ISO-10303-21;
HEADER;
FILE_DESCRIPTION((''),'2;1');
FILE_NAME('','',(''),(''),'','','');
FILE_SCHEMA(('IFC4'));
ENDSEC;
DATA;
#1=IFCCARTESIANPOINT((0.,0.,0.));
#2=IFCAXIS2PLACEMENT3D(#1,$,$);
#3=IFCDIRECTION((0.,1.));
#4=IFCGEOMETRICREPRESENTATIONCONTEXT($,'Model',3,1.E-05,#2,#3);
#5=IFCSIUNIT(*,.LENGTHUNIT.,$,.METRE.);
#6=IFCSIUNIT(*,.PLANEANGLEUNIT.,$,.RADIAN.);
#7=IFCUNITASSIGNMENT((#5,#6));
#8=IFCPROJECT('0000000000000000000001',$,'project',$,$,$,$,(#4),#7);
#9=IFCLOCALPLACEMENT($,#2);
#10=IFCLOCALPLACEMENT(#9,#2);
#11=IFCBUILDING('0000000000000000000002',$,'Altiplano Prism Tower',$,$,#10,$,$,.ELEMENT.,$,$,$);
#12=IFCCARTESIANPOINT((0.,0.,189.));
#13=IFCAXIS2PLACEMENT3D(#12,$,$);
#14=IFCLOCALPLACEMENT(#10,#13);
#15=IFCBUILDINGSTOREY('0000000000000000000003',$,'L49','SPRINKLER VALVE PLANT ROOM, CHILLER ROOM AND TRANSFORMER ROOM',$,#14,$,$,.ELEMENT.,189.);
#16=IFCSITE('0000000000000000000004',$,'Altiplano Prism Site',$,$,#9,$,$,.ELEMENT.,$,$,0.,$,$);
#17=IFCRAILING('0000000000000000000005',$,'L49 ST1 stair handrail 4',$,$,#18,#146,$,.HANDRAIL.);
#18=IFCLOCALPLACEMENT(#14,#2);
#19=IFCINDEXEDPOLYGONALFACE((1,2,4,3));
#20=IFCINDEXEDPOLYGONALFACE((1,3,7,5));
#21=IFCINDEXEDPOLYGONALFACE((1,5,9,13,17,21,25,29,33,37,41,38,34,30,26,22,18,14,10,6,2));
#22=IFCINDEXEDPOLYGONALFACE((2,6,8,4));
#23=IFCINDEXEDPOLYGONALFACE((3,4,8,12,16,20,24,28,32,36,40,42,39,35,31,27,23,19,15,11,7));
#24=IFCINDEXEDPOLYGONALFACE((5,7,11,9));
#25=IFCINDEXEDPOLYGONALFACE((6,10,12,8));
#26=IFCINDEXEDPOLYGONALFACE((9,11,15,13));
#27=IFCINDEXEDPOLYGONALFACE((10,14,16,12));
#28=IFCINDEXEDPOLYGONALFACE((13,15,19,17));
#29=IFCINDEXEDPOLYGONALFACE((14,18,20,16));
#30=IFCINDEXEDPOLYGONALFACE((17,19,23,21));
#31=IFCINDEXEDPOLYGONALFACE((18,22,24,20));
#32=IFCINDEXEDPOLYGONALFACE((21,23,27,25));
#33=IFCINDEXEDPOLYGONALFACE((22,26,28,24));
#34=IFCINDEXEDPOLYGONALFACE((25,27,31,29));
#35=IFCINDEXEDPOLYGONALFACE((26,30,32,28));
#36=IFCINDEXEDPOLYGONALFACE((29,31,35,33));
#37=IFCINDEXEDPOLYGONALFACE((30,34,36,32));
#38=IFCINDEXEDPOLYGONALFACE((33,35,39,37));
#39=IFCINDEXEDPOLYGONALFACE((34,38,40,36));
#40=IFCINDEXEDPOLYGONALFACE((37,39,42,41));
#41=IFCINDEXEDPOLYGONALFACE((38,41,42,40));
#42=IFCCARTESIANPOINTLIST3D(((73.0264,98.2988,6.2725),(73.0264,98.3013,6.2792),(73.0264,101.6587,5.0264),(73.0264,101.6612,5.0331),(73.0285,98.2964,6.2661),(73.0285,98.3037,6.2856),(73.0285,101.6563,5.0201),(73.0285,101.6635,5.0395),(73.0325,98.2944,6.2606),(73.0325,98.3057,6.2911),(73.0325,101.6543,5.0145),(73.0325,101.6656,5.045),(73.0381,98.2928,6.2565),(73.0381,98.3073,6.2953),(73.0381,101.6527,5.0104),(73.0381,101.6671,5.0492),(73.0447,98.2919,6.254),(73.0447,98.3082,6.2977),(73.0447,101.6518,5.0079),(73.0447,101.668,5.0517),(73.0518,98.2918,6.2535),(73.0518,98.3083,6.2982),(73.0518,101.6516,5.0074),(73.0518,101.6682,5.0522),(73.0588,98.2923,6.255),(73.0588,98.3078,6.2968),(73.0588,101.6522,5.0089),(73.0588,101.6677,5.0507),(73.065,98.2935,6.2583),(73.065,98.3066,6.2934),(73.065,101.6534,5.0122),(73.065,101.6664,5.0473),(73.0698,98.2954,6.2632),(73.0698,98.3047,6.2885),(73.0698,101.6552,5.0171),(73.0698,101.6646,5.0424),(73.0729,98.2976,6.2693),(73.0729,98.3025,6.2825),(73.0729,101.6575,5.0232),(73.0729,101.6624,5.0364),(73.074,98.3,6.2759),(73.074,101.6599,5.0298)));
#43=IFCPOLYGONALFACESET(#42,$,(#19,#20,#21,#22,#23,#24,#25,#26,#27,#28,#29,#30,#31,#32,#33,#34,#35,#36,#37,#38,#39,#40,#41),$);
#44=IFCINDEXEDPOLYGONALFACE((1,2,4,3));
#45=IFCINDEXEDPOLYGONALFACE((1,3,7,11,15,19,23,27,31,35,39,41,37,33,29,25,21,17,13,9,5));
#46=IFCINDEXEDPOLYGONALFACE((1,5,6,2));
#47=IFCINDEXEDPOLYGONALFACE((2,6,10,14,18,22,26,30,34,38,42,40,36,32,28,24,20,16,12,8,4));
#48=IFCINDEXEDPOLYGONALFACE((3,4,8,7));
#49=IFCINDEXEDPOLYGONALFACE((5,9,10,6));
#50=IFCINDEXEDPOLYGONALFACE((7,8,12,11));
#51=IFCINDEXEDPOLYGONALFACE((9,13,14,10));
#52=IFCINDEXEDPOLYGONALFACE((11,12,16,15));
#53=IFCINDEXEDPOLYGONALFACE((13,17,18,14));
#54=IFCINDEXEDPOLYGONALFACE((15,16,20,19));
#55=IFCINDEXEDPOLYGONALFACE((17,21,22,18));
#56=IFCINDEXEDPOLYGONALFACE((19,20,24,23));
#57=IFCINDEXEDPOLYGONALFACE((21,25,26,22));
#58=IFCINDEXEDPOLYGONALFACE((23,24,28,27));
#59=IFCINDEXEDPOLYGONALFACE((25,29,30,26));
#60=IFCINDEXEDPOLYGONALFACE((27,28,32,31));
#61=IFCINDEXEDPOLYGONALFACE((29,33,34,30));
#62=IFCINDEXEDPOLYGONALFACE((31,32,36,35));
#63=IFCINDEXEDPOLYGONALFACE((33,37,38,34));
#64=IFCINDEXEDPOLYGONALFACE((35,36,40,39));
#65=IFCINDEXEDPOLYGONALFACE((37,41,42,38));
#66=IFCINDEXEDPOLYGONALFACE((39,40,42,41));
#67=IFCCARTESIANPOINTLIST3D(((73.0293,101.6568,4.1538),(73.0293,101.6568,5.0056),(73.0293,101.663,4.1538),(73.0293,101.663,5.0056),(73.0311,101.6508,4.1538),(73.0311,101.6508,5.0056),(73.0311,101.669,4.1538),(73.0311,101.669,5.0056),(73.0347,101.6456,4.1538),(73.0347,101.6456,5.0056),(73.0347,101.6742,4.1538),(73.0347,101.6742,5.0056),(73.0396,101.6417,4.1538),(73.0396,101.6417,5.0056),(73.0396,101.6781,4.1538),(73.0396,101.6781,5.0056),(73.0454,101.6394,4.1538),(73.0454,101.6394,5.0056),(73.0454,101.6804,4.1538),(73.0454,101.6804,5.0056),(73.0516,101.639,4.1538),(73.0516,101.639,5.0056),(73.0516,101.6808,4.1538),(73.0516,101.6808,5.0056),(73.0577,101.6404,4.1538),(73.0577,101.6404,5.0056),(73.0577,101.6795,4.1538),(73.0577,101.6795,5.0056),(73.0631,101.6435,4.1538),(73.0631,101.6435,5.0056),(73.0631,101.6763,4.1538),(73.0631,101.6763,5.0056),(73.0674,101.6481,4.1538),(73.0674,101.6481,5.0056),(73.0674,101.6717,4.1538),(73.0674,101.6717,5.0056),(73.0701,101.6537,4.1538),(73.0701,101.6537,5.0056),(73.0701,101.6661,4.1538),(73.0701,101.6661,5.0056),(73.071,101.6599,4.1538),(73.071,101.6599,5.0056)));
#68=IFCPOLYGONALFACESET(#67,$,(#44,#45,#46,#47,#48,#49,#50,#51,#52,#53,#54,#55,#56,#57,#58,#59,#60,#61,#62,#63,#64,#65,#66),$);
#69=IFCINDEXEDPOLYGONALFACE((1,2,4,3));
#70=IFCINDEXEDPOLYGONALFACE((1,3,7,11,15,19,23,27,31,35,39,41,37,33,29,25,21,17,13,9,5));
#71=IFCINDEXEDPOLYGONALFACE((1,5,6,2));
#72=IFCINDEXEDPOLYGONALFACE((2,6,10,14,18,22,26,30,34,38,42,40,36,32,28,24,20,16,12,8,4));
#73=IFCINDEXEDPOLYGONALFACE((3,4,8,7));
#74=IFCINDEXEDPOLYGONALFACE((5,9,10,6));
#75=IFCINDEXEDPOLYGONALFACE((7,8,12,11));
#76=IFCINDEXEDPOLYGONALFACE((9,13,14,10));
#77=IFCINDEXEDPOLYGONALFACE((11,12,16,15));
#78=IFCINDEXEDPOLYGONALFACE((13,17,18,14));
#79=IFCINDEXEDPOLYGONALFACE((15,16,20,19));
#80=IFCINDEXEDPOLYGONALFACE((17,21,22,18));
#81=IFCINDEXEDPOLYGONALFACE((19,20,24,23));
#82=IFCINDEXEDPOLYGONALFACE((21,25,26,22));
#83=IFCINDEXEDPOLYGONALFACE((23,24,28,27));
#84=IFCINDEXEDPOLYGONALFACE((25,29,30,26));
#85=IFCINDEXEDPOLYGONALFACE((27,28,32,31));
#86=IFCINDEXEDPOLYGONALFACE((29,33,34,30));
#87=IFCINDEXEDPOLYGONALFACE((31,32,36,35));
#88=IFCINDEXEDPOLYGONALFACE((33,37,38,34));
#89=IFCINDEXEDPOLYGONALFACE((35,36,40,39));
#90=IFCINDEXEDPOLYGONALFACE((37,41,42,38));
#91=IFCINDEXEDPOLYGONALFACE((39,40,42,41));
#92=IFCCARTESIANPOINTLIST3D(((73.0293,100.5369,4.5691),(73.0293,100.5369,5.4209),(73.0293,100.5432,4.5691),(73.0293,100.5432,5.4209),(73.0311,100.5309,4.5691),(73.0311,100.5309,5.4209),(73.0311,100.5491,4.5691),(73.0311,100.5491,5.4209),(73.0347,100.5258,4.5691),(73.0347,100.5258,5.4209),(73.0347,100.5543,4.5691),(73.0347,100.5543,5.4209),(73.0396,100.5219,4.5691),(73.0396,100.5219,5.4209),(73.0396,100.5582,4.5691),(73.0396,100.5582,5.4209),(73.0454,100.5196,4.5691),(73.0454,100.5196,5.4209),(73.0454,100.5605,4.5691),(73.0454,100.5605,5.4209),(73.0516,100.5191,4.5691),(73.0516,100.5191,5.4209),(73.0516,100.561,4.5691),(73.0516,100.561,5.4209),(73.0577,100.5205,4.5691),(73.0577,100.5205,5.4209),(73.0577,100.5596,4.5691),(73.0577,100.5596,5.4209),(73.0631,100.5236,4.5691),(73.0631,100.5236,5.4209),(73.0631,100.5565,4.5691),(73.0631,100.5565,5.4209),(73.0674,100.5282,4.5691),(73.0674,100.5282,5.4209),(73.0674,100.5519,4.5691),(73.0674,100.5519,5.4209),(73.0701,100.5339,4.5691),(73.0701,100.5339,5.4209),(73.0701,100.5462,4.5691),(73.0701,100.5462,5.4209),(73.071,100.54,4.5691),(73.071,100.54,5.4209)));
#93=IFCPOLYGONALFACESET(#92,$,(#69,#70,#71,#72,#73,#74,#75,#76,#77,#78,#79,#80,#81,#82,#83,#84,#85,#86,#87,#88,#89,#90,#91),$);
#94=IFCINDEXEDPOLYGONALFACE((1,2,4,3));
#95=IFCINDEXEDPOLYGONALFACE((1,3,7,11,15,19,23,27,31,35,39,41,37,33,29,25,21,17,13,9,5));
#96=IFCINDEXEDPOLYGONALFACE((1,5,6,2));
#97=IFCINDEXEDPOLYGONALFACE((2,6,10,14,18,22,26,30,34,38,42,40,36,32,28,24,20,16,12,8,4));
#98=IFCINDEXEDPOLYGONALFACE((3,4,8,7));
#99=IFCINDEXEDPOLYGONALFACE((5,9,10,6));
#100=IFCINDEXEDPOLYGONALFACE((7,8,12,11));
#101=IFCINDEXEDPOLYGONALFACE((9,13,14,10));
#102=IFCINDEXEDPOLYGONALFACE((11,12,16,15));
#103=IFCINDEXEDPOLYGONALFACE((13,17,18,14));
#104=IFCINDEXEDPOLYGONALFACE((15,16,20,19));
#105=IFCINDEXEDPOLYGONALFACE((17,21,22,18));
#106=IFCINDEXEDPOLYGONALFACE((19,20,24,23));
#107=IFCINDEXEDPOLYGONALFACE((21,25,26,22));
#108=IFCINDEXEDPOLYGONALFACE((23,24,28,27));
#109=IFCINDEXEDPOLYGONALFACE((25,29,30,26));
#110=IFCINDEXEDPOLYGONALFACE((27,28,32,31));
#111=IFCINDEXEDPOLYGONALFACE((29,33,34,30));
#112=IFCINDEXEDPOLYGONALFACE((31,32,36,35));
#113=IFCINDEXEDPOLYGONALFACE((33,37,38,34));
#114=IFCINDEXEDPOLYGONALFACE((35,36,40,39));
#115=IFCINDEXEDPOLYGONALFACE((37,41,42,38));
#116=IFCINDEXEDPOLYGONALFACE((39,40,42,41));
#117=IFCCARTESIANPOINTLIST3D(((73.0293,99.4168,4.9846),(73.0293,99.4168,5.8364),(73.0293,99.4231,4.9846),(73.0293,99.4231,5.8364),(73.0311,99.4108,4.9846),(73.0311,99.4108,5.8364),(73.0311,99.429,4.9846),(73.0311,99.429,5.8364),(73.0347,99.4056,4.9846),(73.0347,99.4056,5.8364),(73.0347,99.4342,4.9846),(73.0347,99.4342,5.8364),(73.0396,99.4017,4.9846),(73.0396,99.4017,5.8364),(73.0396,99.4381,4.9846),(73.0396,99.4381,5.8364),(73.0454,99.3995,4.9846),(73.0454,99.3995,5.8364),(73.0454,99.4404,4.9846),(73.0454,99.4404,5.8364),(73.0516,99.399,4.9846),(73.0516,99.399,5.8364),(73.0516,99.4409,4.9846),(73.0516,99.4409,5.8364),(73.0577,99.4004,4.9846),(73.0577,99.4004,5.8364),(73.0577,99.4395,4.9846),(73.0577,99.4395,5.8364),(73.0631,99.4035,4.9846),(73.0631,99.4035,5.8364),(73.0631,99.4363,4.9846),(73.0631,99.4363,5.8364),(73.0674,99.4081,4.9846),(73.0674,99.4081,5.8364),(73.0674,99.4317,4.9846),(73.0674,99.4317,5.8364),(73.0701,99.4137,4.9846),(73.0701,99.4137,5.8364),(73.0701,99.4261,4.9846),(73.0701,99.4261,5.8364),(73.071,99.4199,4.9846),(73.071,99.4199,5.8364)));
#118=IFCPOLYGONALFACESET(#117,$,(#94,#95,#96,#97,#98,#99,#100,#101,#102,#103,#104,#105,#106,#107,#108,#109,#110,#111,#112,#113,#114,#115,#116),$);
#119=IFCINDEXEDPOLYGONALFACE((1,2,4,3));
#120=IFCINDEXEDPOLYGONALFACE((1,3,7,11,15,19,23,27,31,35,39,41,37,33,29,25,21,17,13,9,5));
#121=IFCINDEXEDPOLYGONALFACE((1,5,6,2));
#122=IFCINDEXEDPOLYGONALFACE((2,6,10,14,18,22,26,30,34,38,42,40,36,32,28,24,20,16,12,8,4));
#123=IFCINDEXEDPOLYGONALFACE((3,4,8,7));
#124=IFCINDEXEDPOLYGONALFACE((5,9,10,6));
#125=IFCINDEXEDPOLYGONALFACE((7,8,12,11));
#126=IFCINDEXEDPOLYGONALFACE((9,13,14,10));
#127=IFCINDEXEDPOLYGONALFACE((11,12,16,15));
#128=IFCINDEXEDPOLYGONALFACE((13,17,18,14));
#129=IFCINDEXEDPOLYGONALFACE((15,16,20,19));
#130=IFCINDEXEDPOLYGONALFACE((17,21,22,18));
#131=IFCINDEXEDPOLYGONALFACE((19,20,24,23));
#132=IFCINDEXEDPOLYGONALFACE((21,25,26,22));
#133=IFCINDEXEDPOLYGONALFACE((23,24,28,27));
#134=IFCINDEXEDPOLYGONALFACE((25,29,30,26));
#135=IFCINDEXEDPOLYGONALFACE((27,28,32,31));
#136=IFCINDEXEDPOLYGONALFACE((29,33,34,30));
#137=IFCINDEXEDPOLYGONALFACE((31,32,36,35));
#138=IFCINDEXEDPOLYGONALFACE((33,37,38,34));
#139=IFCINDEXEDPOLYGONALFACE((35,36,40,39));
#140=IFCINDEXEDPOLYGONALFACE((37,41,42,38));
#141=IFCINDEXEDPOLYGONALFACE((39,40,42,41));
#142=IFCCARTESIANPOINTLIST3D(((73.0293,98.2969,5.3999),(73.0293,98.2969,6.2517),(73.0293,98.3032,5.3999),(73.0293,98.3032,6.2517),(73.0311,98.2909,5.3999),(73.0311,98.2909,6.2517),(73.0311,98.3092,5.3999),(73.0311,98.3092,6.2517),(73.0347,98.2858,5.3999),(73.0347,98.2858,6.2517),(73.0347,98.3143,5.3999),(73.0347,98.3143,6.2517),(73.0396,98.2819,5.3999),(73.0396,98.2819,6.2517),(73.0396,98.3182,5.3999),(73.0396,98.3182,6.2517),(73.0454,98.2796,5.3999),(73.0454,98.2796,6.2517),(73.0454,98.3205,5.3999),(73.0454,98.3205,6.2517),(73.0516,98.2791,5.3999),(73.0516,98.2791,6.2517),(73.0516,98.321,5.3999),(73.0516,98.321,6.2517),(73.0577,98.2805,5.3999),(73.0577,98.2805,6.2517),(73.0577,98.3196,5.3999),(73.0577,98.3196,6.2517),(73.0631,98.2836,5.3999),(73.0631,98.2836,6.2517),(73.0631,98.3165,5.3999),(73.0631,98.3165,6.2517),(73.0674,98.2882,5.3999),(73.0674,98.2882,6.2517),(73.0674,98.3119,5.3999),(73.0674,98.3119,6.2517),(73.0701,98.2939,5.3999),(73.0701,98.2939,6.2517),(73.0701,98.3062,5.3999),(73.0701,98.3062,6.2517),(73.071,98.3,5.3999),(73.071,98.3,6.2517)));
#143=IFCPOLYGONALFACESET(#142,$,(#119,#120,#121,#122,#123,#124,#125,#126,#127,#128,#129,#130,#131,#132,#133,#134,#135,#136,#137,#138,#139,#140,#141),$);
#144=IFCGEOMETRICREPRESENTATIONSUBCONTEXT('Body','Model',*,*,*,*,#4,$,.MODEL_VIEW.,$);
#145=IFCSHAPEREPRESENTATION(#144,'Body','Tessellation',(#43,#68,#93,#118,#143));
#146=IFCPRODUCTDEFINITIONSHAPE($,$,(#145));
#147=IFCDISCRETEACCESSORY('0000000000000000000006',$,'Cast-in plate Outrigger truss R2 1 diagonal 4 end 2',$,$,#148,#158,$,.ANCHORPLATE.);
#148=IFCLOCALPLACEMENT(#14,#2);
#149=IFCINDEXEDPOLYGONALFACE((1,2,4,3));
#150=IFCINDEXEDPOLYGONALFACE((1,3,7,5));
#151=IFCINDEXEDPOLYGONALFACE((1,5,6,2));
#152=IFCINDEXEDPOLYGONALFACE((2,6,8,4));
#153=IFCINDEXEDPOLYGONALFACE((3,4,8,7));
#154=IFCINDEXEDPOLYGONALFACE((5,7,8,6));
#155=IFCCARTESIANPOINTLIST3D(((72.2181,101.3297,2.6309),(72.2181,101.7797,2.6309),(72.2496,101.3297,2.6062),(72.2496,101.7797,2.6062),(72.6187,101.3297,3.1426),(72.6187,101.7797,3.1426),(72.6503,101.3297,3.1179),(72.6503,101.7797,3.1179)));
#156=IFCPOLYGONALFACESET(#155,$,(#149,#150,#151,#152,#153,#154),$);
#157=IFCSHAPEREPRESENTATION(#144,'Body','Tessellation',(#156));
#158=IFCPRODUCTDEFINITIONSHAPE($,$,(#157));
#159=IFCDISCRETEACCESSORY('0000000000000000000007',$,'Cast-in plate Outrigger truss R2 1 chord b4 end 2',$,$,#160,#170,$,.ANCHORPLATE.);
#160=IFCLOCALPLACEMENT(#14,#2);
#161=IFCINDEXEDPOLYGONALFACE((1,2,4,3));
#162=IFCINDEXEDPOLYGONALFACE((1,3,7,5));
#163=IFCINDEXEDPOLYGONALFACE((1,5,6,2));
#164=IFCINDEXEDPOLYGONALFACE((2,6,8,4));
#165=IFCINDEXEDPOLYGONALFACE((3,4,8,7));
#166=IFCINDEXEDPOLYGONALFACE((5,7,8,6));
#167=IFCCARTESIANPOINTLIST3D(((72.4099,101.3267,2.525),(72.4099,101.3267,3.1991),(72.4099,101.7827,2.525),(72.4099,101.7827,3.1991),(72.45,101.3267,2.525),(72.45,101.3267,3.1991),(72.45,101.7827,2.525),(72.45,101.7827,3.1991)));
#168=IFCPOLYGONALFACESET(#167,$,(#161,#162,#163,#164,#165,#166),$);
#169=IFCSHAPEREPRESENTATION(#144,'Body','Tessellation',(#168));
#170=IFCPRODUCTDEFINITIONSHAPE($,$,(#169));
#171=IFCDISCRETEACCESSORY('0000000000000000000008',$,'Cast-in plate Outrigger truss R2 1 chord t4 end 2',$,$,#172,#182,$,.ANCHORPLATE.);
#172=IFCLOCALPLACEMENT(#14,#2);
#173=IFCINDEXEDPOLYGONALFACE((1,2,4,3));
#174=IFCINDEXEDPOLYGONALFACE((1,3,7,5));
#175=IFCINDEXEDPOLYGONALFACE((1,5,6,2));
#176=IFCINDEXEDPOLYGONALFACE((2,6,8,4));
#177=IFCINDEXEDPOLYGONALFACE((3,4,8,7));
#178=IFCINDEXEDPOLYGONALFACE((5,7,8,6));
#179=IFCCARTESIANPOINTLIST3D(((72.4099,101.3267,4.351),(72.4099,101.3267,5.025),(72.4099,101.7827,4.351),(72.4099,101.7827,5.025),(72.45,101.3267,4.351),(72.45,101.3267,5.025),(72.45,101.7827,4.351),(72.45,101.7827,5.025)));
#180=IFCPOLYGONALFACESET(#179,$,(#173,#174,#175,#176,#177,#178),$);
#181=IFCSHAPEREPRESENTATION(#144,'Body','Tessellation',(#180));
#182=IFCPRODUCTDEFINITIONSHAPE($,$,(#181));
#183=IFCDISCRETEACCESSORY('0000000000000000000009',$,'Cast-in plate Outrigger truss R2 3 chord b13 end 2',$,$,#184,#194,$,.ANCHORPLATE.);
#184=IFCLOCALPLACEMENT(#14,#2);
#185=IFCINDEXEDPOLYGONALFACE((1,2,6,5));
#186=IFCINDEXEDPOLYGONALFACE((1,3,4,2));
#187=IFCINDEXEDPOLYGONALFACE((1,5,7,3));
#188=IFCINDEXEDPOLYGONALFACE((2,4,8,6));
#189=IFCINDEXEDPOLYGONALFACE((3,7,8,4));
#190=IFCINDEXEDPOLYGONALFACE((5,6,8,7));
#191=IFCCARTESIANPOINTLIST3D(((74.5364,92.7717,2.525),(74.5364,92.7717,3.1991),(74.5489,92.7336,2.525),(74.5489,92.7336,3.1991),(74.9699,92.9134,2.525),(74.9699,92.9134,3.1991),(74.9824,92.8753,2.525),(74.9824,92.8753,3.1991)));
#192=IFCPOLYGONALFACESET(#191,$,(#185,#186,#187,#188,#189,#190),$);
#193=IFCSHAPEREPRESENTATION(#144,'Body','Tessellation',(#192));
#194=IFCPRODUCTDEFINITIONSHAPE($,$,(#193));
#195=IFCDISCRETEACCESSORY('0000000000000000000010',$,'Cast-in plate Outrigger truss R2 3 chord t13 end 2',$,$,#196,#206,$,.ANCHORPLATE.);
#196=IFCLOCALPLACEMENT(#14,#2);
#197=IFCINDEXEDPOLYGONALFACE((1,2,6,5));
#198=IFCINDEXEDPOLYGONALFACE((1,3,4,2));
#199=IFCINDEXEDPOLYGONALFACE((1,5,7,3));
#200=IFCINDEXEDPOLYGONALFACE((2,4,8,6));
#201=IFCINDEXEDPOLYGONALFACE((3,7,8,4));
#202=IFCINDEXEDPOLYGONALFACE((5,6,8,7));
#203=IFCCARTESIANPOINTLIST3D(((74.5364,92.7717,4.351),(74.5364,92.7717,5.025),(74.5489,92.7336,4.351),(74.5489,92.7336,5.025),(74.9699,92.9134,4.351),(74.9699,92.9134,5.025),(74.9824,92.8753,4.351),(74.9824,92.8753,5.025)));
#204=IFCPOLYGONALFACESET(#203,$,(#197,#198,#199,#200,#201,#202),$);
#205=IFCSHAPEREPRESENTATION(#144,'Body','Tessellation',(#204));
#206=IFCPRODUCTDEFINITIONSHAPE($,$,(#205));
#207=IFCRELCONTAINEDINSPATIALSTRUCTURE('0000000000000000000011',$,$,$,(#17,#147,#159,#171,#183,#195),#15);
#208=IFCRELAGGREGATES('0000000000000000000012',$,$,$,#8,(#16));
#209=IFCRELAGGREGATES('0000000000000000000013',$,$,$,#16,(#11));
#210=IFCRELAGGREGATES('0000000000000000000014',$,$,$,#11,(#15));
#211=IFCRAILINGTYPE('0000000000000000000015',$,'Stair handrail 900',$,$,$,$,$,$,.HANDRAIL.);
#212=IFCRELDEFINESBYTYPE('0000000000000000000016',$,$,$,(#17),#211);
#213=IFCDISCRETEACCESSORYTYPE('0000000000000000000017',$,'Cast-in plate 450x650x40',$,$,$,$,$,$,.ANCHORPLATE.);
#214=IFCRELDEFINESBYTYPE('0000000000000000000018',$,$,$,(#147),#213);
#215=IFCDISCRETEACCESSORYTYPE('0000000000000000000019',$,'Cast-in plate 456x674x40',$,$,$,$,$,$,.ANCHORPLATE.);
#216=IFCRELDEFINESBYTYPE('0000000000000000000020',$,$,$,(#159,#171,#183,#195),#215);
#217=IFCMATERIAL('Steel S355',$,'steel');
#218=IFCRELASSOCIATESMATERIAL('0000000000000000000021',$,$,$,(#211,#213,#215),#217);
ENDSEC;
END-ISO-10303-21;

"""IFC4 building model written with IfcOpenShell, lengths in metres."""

from ifc_helpers import new_model, si_unit, direction, frame, origin, origin_2d, place, context, subcontext, project, spatial, rectangle, circle, extrude, material, material_profile, profile_set, type_object, element, save


model = new_model("IFC4")

# Units and contexts
model_context = context("Model", 3, precision=1e-05, world=origin(), true_north=direction((0.0, 1.0)))
body_context = subcontext(model_context, "Body", "Model", "MODEL_VIEW")
ifc_project = project(units=[si_unit("LENGTHUNIT", "METRE"), si_unit("PLANEANGLEUNIT", "RADIAN")], contexts=[model_context])

# Site, building, storey
site_placement = place(None, origin())
site = spatial("IfcSite", under=ifc_project, at=site_placement, Name="Altiplano Prism Site", CompositionType="ELEMENT", RefElevation=0.0)
building_placement = place(site_placement, origin())
building = spatial("IfcBuilding", under=site, at=building_placement, Name="Altiplano Prism Tower", CompositionType="ELEMENT")
storey_placement = place(building_placement, frame((0.0, 0.0, 189.0)))
storey = spatial("IfcBuildingStorey", under=building, at=storey_placement, Name="L49", Description="SPRINKLER VALVE PLANT ROOM, CHILLER ROOM AND TRANSFORMER ROOM", CompositionType="ELEMENT", Elevation=189.0)

# Shared definitions
ifc_material_1 = material(Name="Steel S355", Category="steel")

# Railing
railing_type_1 = type_object("IfcRailingType", Name="Stair handrail 900", PredefinedType="HANDRAIL", material=ifc_material_1)
for number, where, name in (
    (1, (73.05, 101.6599, 4.1538), "L49 ST1 stair handrail 4"),
):
    element("IfcRailing", number, at=place(storey_placement, frame(where)), inside=storey, type_object=railing_type_1, Name=name, PredefinedType="HANDRAIL", context=body_context, shape_type="SweptSolid", body=[
        extrude(circle(Radius=0.0239, at=origin_2d()), frame((0.0, 0.0, 0.876), z_axis=(0.0, -0.937594, 0.347731), x_axis=(1.0, 0.0, 0.0)), (0.0, 0.0, 1.0), 3.5835),
        extrude(circle(Radius=0.021, at=origin_2d()), origin(), (0.0, 0.0, 1.0), 0.8518),
        extrude(circle(Radius=0.021, at=origin_2d()), frame((0.0, -1.1199, 0.4153)), (0.0, 0.0, 1.0), 0.8518),
        extrude(circle(Radius=0.021, at=origin_2d()), frame((0.0, -2.24, 0.8308)), (0.0, 0.0, 1.0), 0.8518),
        extrude(circle(Radius=0.021, at=origin_2d()), frame((0.0, -3.3599, 1.2461)), (0.0, 0.0, 1.0), 0.8518),
    ])

# Discrete accessories
ifc_material_profile_1 = material_profile(ifc_material_1, rectangle(XDim=0.45, YDim=0.6499, at=origin_2d()), Name="Cast-in plate 450x650x40")
ifc_profile_set_1 = profile_set([ifc_material_profile_1], Name="Steel S355")
discrete_accessory_type_1 = type_object("IfcDiscreteAccessoryType", Name="Cast-in plate 450x650x40", PredefinedType="ANCHORPLATE", material=ifc_profile_set_1)
discrete_accessory_placement = place(storey_placement, frame((72.45, 101.5547, 2.8621), z_axis=(-0.787376, 0.0, 0.616473), x_axis=(0.0, -1.0, 0.0)))
element("IfcDiscreteAccessory", 2, at=discrete_accessory_placement, inside=storey, type_object=discrete_accessory_type_1, Name="Cast-in plate Outrigger truss R2 1 diagonal 4 end 2", PredefinedType="ANCHORPLATE", context=body_context, shape_type="SweptSolid", body=[
    extrude(rectangle(XDim=0.45, YDim=0.6499, at=origin_2d()), origin(), (0.0, 0.0, 1.0), 0.04),
])
ifc_material_profile_2 = material_profile(ifc_material_1, rectangle(XDim=0.4561, YDim=0.6741, at=origin_2d()), Name="Cast-in plate 456x674x40")
ifc_profile_set_2 = profile_set([ifc_material_profile_2], Name="Steel S355")
discrete_accessory_type_2 = type_object("IfcDiscreteAccessoryType", Name="Cast-in plate 456x674x40", PredefinedType="ANCHORPLATE", material=ifc_profile_set_2)
for number, where, z_axis, x_axis, name in (
    (3, (72.45, 101.5547, 2.8621), (-1.0, 0.0, 0.0), (0.0, -1.0, 0.0), "Cast-in plate Outrigger truss R2 1 chord b4 end 2"),
    (4, (72.45, 101.5547, 4.688), (-1.0, 0.0, 0.0), (0.0, -1.0, 0.0), "Cast-in plate Outrigger truss R2 1 chord t4 end 2"),
    (5, (74.7532, 92.8425, 2.8621), (0.310739, -0.950495, 0.0), (0.950495, 0.310739, 0.0), "Cast-in plate Outrigger truss R2 3 chord b13 end 2"),
    (6, (74.7532, 92.8425, 4.688), (0.310739, -0.950495, 0.0), (0.950495, 0.310739, 0.0), "Cast-in plate Outrigger truss R2 3 chord t13 end 2"),
):
    element("IfcDiscreteAccessory", number, at=place(storey_placement, frame(where, z_axis=z_axis, x_axis=x_axis)), inside=storey, type_object=discrete_accessory_type_2, Name=name, PredefinedType="ANCHORPLATE", context=body_context, shape_type="SweptSolid", body=[
        extrude(rectangle(XDim=0.4561, YDim=0.6741, at=origin_2d()), origin(), (0.0, 0.0, 1.0), 0.04),
    ])

save(model, "model.ifc")
